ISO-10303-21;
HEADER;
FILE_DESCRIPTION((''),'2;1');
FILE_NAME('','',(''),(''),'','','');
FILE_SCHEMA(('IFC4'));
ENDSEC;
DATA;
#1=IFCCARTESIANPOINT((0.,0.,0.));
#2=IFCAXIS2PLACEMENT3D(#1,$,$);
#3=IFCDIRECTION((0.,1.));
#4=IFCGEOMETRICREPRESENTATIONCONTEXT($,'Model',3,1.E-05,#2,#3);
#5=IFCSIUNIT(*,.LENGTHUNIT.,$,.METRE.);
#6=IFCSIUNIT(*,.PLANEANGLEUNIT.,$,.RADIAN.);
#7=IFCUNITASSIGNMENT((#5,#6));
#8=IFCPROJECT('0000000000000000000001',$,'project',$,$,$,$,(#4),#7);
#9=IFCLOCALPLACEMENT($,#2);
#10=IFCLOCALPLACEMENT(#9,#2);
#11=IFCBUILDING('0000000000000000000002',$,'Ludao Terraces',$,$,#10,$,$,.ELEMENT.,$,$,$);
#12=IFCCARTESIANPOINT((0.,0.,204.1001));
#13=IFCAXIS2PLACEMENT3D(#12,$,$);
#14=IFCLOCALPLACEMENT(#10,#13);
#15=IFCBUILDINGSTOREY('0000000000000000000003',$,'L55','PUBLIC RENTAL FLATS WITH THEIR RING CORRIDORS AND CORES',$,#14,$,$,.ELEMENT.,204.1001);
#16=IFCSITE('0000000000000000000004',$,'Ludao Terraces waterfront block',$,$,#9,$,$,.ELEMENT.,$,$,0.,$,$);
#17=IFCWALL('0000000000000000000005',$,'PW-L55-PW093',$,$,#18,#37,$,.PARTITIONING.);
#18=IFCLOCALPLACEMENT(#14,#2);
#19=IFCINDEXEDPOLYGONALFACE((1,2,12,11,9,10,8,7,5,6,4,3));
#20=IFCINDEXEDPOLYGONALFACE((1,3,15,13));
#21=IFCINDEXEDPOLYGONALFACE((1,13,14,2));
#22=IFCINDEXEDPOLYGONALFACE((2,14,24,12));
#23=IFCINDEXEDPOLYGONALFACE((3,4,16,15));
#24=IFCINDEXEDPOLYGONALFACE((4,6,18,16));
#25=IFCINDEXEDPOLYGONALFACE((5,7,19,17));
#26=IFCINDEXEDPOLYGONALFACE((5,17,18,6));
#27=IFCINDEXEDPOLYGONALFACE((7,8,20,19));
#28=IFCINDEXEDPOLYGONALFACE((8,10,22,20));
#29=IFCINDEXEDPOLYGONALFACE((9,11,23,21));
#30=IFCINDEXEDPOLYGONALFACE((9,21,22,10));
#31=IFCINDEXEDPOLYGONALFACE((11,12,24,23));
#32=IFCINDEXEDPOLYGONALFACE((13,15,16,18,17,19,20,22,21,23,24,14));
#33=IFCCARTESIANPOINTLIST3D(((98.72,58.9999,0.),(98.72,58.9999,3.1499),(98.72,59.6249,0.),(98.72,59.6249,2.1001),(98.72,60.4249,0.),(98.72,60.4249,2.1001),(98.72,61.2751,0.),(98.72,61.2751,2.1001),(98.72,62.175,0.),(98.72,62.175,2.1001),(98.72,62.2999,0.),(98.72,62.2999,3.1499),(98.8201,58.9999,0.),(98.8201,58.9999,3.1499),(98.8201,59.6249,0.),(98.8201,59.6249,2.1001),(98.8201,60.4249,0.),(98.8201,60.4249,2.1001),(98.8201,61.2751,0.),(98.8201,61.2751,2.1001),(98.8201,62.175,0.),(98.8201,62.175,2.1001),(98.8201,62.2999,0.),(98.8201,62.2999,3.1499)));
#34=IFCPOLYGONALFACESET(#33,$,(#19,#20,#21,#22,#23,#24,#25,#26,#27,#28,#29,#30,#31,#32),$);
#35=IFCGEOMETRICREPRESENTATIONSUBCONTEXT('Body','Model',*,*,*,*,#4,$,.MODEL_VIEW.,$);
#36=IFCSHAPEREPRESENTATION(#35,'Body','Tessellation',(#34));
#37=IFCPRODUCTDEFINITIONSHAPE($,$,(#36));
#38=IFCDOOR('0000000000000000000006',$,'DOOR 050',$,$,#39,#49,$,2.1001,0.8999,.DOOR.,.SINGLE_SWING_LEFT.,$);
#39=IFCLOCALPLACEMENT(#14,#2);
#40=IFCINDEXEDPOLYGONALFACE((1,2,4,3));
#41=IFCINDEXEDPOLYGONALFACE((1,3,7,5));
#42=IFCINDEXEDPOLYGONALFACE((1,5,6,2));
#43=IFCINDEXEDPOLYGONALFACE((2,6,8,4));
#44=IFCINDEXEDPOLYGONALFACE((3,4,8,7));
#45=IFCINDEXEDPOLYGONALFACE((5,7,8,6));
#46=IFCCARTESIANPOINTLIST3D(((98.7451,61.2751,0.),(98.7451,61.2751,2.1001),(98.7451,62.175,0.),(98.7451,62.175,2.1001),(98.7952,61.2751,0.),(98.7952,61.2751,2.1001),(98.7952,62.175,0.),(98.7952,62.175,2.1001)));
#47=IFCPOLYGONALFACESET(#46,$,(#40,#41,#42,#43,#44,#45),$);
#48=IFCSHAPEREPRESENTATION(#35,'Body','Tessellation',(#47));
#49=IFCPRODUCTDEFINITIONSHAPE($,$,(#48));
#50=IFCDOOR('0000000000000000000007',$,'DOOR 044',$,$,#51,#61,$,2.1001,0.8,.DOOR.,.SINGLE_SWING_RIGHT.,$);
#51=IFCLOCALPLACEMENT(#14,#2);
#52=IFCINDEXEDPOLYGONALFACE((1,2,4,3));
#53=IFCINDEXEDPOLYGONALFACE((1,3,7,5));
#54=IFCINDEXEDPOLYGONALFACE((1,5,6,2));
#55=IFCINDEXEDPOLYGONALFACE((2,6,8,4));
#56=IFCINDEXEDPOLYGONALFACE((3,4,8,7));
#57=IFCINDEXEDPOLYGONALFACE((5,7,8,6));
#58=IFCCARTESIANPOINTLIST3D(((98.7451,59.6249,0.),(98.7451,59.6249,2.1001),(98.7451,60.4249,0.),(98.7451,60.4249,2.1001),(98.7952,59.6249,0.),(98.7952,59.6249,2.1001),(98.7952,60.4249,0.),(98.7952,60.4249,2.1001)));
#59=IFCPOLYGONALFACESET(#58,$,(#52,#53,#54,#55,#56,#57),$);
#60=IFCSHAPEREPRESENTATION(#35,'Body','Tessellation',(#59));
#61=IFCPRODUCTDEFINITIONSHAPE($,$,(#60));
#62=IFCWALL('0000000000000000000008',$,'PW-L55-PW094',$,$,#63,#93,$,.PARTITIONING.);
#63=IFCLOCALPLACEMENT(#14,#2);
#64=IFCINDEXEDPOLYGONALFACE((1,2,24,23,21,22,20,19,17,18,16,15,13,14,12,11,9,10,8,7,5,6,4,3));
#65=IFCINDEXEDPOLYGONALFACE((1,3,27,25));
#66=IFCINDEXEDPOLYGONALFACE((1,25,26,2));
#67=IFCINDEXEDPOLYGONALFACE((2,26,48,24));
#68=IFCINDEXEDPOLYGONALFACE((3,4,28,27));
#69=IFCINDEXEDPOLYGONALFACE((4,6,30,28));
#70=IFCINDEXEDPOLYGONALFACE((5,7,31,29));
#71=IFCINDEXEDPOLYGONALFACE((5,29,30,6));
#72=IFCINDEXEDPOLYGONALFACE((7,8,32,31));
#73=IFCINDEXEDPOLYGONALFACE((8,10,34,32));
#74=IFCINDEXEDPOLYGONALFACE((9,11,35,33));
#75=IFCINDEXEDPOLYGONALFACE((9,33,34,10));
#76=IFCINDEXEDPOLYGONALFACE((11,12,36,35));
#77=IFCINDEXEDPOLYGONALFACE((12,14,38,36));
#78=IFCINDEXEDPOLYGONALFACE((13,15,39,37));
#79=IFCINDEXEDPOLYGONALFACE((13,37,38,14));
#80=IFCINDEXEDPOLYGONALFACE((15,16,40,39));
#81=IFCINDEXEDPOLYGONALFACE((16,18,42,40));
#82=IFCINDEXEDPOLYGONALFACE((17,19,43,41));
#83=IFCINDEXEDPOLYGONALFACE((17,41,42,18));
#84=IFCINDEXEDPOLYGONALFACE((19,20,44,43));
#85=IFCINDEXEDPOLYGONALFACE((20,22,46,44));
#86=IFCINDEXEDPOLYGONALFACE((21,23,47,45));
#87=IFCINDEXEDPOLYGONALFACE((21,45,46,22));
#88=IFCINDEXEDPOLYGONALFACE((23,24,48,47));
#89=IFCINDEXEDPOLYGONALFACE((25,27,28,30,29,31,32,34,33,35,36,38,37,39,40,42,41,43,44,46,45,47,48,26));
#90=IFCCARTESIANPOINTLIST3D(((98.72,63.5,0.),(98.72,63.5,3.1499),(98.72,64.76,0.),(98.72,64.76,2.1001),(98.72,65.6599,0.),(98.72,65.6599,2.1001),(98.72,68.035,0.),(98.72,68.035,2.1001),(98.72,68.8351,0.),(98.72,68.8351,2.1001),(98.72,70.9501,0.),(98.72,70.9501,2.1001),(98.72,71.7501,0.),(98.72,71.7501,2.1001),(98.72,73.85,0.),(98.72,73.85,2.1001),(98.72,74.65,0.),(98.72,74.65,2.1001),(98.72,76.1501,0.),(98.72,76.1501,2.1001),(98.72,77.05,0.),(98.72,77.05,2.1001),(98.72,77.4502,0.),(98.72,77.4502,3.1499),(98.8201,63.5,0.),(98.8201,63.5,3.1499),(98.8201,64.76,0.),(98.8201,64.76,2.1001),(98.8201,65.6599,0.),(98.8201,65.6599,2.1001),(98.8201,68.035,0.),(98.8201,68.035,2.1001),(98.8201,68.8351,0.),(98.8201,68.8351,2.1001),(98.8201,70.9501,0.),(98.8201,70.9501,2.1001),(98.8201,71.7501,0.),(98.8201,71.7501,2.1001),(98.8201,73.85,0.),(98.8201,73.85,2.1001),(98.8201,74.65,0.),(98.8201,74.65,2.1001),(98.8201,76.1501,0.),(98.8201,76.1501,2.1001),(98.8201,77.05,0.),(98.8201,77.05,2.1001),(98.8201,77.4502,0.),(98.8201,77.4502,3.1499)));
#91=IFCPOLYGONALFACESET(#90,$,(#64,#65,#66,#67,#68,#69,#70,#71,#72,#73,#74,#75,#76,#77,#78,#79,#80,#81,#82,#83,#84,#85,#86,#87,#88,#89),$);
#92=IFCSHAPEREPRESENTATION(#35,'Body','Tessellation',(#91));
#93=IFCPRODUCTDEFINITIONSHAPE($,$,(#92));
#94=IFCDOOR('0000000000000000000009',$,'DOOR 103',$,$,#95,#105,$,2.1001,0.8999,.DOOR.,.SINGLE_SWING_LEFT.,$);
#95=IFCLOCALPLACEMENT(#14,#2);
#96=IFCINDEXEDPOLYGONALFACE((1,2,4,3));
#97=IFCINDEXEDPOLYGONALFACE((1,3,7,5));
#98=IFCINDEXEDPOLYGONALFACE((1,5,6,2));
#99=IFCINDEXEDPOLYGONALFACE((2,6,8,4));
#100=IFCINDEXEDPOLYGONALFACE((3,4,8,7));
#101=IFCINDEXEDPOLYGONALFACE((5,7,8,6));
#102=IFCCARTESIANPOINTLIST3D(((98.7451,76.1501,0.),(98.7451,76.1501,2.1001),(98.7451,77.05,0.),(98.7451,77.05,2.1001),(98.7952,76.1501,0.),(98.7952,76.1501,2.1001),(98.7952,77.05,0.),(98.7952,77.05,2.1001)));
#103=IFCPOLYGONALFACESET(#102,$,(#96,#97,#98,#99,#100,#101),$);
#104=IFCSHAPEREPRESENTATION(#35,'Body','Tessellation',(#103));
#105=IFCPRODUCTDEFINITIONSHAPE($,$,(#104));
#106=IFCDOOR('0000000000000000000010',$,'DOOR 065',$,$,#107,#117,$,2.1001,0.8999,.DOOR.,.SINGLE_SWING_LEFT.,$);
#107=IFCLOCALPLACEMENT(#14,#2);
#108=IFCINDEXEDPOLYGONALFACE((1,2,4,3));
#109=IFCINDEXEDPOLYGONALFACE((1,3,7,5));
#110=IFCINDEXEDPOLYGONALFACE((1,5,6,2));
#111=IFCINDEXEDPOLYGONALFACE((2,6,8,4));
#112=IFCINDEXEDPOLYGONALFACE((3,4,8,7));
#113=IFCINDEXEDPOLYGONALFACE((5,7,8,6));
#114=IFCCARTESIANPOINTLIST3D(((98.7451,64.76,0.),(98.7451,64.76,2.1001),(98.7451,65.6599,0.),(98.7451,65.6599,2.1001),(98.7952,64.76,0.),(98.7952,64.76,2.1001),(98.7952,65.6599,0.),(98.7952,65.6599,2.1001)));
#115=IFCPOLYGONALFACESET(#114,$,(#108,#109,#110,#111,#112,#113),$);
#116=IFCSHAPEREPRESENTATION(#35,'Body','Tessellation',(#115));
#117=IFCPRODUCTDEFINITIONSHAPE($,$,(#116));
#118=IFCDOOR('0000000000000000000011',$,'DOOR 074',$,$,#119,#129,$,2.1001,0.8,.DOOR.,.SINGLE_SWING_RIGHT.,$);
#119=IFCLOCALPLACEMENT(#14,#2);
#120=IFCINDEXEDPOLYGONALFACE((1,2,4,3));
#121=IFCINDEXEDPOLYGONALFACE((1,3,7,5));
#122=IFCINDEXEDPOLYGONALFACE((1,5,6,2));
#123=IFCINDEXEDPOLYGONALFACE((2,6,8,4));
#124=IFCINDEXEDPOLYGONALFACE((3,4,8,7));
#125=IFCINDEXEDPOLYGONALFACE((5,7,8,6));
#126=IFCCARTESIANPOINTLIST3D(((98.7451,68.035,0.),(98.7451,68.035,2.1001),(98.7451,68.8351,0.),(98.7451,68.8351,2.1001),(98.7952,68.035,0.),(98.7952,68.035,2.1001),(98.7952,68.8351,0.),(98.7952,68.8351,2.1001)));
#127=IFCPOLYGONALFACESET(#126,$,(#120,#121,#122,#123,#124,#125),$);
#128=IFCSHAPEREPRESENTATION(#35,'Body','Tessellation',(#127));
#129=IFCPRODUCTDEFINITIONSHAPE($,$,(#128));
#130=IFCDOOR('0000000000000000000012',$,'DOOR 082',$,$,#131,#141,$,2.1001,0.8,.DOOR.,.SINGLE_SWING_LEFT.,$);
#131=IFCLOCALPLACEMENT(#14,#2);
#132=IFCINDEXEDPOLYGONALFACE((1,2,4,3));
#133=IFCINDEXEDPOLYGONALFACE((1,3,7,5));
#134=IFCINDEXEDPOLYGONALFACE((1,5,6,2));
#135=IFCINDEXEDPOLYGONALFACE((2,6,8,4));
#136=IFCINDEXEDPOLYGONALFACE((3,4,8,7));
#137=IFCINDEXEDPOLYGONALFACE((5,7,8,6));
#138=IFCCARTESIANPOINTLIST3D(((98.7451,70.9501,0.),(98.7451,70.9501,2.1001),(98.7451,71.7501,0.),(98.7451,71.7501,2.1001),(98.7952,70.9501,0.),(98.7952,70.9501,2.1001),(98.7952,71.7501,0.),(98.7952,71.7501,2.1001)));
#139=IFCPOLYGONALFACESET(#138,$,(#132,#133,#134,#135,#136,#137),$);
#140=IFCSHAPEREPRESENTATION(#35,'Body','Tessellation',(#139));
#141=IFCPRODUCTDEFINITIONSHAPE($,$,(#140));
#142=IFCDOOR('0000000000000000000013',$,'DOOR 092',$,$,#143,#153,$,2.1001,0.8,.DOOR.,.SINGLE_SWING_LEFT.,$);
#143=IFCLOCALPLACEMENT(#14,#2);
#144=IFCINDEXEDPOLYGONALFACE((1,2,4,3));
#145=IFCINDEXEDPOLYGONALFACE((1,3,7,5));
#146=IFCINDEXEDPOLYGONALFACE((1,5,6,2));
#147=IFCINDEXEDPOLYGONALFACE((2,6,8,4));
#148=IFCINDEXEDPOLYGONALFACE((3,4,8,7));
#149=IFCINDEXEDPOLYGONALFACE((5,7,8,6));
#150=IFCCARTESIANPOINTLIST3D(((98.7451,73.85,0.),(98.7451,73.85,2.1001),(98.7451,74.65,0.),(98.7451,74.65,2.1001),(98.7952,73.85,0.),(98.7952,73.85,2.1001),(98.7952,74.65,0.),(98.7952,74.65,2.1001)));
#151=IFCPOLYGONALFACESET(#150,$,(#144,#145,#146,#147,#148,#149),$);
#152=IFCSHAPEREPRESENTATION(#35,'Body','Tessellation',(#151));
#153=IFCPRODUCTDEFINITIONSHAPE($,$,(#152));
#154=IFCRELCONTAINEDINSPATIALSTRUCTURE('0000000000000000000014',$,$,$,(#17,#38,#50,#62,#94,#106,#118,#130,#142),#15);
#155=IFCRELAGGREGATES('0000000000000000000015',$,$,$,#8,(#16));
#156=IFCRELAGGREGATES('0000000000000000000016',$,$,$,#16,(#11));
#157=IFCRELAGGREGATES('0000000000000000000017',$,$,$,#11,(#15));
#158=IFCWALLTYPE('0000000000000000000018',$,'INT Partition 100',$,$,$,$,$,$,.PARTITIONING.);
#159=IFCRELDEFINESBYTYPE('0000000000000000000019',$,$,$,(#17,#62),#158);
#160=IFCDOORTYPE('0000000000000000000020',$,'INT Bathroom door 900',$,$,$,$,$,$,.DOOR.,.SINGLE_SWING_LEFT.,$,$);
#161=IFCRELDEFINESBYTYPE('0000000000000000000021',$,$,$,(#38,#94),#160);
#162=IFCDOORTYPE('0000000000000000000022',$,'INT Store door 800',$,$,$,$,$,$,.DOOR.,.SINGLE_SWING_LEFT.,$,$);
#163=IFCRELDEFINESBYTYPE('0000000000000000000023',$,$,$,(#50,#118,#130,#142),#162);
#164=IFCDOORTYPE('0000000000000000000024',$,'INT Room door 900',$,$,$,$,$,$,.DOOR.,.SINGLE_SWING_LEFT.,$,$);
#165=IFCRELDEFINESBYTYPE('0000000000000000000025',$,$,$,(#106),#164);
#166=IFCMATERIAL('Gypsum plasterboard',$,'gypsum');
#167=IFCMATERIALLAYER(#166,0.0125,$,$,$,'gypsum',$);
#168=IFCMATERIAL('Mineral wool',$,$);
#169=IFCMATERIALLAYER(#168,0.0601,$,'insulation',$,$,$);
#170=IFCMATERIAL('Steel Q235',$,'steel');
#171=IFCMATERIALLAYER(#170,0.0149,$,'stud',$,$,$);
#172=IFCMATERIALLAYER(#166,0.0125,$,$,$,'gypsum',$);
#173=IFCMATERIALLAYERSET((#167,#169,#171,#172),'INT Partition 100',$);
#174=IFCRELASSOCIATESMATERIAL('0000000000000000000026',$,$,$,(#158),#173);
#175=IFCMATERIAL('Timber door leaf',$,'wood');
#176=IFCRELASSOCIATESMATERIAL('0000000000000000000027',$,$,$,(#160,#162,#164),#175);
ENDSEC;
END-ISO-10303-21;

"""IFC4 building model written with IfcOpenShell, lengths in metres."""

from ifc_helpers import new_model, si_unit, direction, frame, frame_2d, origin, place, context, subcontext, project, spatial, rectangle, extrude, material, layer, layer_set, type_object, element, fill, save


model = new_model("IFC4")

# Units and contexts
model_context = context("Model", 3, precision=1e-05, world=origin(), true_north=direction((0.0, 1.0)))
body_context = subcontext(model_context, "Body", "Model", "MODEL_VIEW")
ifc_project = project(units=[si_unit("LENGTHUNIT", "METRE"), si_unit("PLANEANGLEUNIT", "RADIAN")], contexts=[model_context])

# Site, building, storey
site_placement = place(None, origin())
site = spatial("IfcSite", under=ifc_project, at=site_placement, Name="Ludao Terraces waterfront block", CompositionType="ELEMENT", RefElevation=0.0)
building_placement = place(site_placement, origin())
building = spatial("IfcBuilding", under=site, at=building_placement, Name="Ludao Terraces", CompositionType="ELEMENT")
storey_placement = place(building_placement, frame((0.0, 0.0, 204.1001)))
storey = spatial("IfcBuildingStorey", under=building, at=storey_placement, Name="L55", Description="PUBLIC RENTAL FLATS WITH THEIR RING CORRIDORS AND CORES", CompositionType="ELEMENT", Elevation=204.1001)

# Walls, openings, doors
ifc_material_1 = material(Name="Gypsum plasterboard", Category="gypsum")
ifc_layer_1 = layer(ifc_material_1, 0.0125, Category="gypsum")
ifc_material_2 = material(Name="Mineral wool")
ifc_layer_2 = layer(ifc_material_2, 0.0601, Name="insulation")
ifc_material_3 = material(Name="Steel Q235", Category="steel")
ifc_layer_3 = layer(ifc_material_3, 0.0149, Name="stud")
ifc_layer_4 = layer(ifc_material_1, 0.0125, Category="gypsum")
ifc_layer_set = layer_set([ifc_layer_1, ifc_layer_2, ifc_layer_3, ifc_layer_4], Name="INT Partition 100")
wall_type = type_object("IfcWallType", Name="INT Partition 100", PredefinedType="PARTITIONING", material=ifc_layer_set)
wall_1_placement = place(storey_placement, frame((98.77, 59.0, 0.0), z_axis=(0.0, 0.0, 1.0), x_axis=(0.0, 1.0, 0.0)))
wall_1 = element("IfcWall", 1, at=wall_1_placement, inside=storey, type_object=wall_type, Name="PW-L55-PW093", PredefinedType="PARTITIONING", context=body_context, shape_type="SweptSolid", body=[
    extrude(rectangle(XDim=3.3, YDim=0.1001, at=frame_2d((1.6499, 0.0))), origin(), (0.0, 0.0, 1.0), 3.1499),
])
opening_1_placement = place(wall_1_placement, frame((0.625, 0.0, 0.0)))
opening_1 = element("IfcOpeningElement", 2, at=opening_1_placement, cuts=wall_1, PredefinedType="OPENING", context=body_context, shape_type="SweptSolid", body=[
    extrude(rectangle(XDim=0.8, YDim=2.1001, at=frame_2d((0.3999, 1.05))), frame((0.0, 0.0601, 0.0), z_axis=(0.0, -1.0, 0.0), x_axis=(1.0, 0.0, 0.0)), (0.0, 0.0, 1.0), 0.1201),
])
opening_2_placement = place(wall_1_placement, frame((2.2751, 0.0, 0.0)))
opening_2 = element("IfcOpeningElement", 3, at=opening_2_placement, cuts=wall_1, PredefinedType="OPENING", context=body_context, shape_type="SweptSolid", body=[
    extrude(rectangle(XDim=0.8999, YDim=2.1001, at=frame_2d((0.45, 1.05))), frame((0.0, 0.0601, 0.0), z_axis=(0.0, -1.0, 0.0), x_axis=(1.0, 0.0, 0.0)), (0.0, 0.0, 1.0), 0.1201),
])
ifc_material_4 = material(Name="Timber door leaf", Category="wood")
door_type_1 = type_object("IfcDoorType", Name="INT Bathroom door 900", OperationType="SINGLE_SWING_LEFT", PredefinedType="DOOR", material=ifc_material_4)
door_1_placement = place(opening_2_placement, origin())
door_1 = element("IfcDoor", 4, at=door_1_placement, inside=storey, type_object=door_type_1, Name="DOOR 050", OperationType="SINGLE_SWING_LEFT", OverallHeight=2.1001, OverallWidth=0.8999, PredefinedType="DOOR", context=body_context, shape_type="SweptSolid", body=[
    extrude(rectangle(XDim=0.8999, YDim=2.1001, at=frame_2d((0.45, 1.05))), frame((0.0, 0.0249, 0.0), z_axis=(0.0, -1.0, 0.0), x_axis=(1.0, 0.0, 0.0)), (0.0, 0.0, 1.0), 0.05),
])
fill(opening_2, door_1)
door_type_2 = type_object("IfcDoorType", Name="INT Store door 800", OperationType="SINGLE_SWING_LEFT", PredefinedType="DOOR", material=ifc_material_4)
door_2_placement = place(opening_1_placement, origin())
door_2 = element("IfcDoor", 5, at=door_2_placement, inside=storey, type_object=door_type_2, Name="DOOR 044", OperationType="SINGLE_SWING_RIGHT", OverallHeight=2.1001, OverallWidth=0.8, PredefinedType="DOOR", context=body_context, shape_type="SweptSolid", body=[
    extrude(rectangle(XDim=0.8, YDim=2.1001, at=frame_2d((0.3999, 1.05))), frame((0.0, 0.0249, 0.0), z_axis=(0.0, -1.0, 0.0), x_axis=(1.0, 0.0, 0.0)), (0.0, 0.0, 1.0), 0.05),
])
fill(opening_1, door_2)
wall_2_placement = place(storey_placement, frame((98.77, 63.5, 0.0), z_axis=(0.0, 0.0, 1.0), x_axis=(0.0, 1.0, 0.0)))
wall_2 = element("IfcWall", 6, at=wall_2_placement, inside=storey, type_object=wall_type, Name="PW-L55-PW094", PredefinedType="PARTITIONING", context=body_context, shape_type="SweptSolid", body=[
    extrude(rectangle(XDim=13.9502, YDim=0.1001, at=frame_2d((6.9751, 0.0))), origin(), (0.0, 0.0, 1.0), 3.1499),
])
opening_3_placement = place(wall_2_placement, frame((1.26, 0.0, 0.0)))
opening_3 = element("IfcOpeningElement", 7, at=opening_3_placement, cuts=wall_2, PredefinedType="OPENING", context=body_context, shape_type="SweptSolid", body=[
    extrude(rectangle(XDim=0.8999, YDim=2.1001, at=frame_2d((0.45, 1.05))), frame((0.0, 0.0601, 0.0), z_axis=(0.0, -1.0, 0.0), x_axis=(1.0, 0.0, 0.0)), (0.0, 0.0, 1.0), 0.1201),
])
opening_4_placement = place(wall_2_placement, frame((4.5352, 0.0, 0.0)))
opening_4 = element("IfcOpeningElement", 8, at=opening_4_placement, cuts=wall_2, PredefinedType="OPENING", context=body_context, shape_type="SweptSolid", body=[
    extrude(rectangle(XDim=0.8, YDim=2.1001, at=frame_2d((0.3999, 1.05))), frame((0.0, 0.0601, 0.0), z_axis=(0.0, -1.0, 0.0), x_axis=(1.0, 0.0, 0.0)), (0.0, 0.0, 1.0), 0.1201),
])
opening_5_placement = place(wall_2_placement, frame((7.4502, 0.0, 0.0)))
opening_5 = element("IfcOpeningElement", 9, at=opening_5_placement, cuts=wall_2, PredefinedType="OPENING", context=body_context, shape_type="SweptSolid", body=[
    extrude(rectangle(XDim=0.8, YDim=2.1001, at=frame_2d((0.3999, 1.05))), frame((0.0, 0.0601, 0.0), z_axis=(0.0, -1.0, 0.0), x_axis=(1.0, 0.0, 0.0)), (0.0, 0.0, 1.0), 0.1201),
])
opening_6_placement = place(wall_2_placement, frame((10.3501, 0.0, 0.0)))
opening_6 = element("IfcOpeningElement", 10, at=opening_6_placement, cuts=wall_2, PredefinedType="OPENING", context=body_context, shape_type="SweptSolid", body=[
    extrude(rectangle(XDim=0.8, YDim=2.1001, at=frame_2d((0.3999, 1.05))), frame((0.0, 0.0601, 0.0), z_axis=(0.0, -1.0, 0.0), x_axis=(1.0, 0.0, 0.0)), (0.0, 0.0, 1.0), 0.1201),
])
opening_7_placement = place(wall_2_placement, frame((12.6501, 0.0, 0.0)))
opening_7 = element("IfcOpeningElement", 11, at=opening_7_placement, cuts=wall_2, PredefinedType="OPENING", context=body_context, shape_type="SweptSolid", body=[
    extrude(rectangle(XDim=0.8999, YDim=2.1001, at=frame_2d((0.45, 1.05))), frame((0.0, 0.0601, 0.0), z_axis=(0.0, -1.0, 0.0), x_axis=(1.0, 0.0, 0.0)), (0.0, 0.0, 1.0), 0.1201),
])
door_3_placement = place(opening_7_placement, origin())
door_3 = element("IfcDoor", 12, at=door_3_placement, inside=storey, type_object=door_type_1, Name="DOOR 103", OperationType="SINGLE_SWING_LEFT", OverallHeight=2.1001, OverallWidth=0.8999, PredefinedType="DOOR", context=body_context, shape_type="SweptSolid", body=[
    extrude(rectangle(XDim=0.8999, YDim=2.1001, at=frame_2d((0.45, 1.05))), frame((0.0, 0.0249, 0.0), z_axis=(0.0, -1.0, 0.0), x_axis=(1.0, 0.0, 0.0)), (0.0, 0.0, 1.0), 0.05),
])
fill(opening_7, door_3)
door_type_3 = type_object("IfcDoorType", Name="INT Room door 900", OperationType="SINGLE_SWING_LEFT", PredefinedType="DOOR", material=ifc_material_4)
door_4_placement = place(opening_3_placement, origin())
door_4 = element("IfcDoor", 13, at=door_4_placement, inside=storey, type_object=door_type_3, Name="DOOR 065", OperationType="SINGLE_SWING_LEFT", OverallHeight=2.1001, OverallWidth=0.8999, PredefinedType="DOOR", context=body_context, shape_type="SweptSolid", body=[
    extrude(rectangle(XDim=0.8999, YDim=2.1001, at=frame_2d((0.45, 1.05))), frame((0.0, 0.0249, 0.0), z_axis=(0.0, -1.0, 0.0), x_axis=(1.0, 0.0, 0.0)), (0.0, 0.0, 1.0), 0.05),
])
fill(opening_3, door_4)
door_5_placement = place(opening_4_placement, origin())
door_5 = element("IfcDoor", 14, at=door_5_placement, inside=storey, type_object=door_type_2, Name="DOOR 074", OperationType="SINGLE_SWING_RIGHT", OverallHeight=2.1001, OverallWidth=0.8, PredefinedType="DOOR", context=body_context, shape_type="SweptSolid", body=[
    extrude(rectangle(XDim=0.8, YDim=2.1001, at=frame_2d((0.3999, 1.05))), frame((0.0, 0.0249, 0.0), z_axis=(0.0, -1.0, 0.0), x_axis=(1.0, 0.0, 0.0)), (0.0, 0.0, 1.0), 0.05),
])
fill(opening_4, door_5)
door_6_placement = place(opening_5_placement, origin())
door_6 = element("IfcDoor", 15, at=door_6_placement, inside=storey, type_object=door_type_2, Name="DOOR 082", OperationType="SINGLE_SWING_LEFT", OverallHeight=2.1001, OverallWidth=0.8, PredefinedType="DOOR", context=body_context, shape_type="SweptSolid", body=[
    extrude(rectangle(XDim=0.8, YDim=2.1001, at=frame_2d((0.3999, 1.05))), frame((0.0, 0.0249, 0.0), z_axis=(0.0, -1.0, 0.0), x_axis=(1.0, 0.0, 0.0)), (0.0, 0.0, 1.0), 0.05),
])
fill(opening_5, door_6)
door_7_placement = place(opening_6_placement, origin())
door_7 = element("IfcDoor", 16, at=door_7_placement, inside=storey, type_object=door_type_2, Name="DOOR 092", OperationType="SINGLE_SWING_LEFT", OverallHeight=2.1001, OverallWidth=0.8, PredefinedType="DOOR", context=body_context, shape_type="SweptSolid", body=[
    extrude(rectangle(XDim=0.8, YDim=2.1001, at=frame_2d((0.3999, 1.05))), frame((0.0, 0.0249, 0.0), z_axis=(0.0, -1.0, 0.0), x_axis=(1.0, 0.0, 0.0)), (0.0, 0.0, 1.0), 0.05),
])
fill(opening_6, door_7)

save(model, "model.ifc")
